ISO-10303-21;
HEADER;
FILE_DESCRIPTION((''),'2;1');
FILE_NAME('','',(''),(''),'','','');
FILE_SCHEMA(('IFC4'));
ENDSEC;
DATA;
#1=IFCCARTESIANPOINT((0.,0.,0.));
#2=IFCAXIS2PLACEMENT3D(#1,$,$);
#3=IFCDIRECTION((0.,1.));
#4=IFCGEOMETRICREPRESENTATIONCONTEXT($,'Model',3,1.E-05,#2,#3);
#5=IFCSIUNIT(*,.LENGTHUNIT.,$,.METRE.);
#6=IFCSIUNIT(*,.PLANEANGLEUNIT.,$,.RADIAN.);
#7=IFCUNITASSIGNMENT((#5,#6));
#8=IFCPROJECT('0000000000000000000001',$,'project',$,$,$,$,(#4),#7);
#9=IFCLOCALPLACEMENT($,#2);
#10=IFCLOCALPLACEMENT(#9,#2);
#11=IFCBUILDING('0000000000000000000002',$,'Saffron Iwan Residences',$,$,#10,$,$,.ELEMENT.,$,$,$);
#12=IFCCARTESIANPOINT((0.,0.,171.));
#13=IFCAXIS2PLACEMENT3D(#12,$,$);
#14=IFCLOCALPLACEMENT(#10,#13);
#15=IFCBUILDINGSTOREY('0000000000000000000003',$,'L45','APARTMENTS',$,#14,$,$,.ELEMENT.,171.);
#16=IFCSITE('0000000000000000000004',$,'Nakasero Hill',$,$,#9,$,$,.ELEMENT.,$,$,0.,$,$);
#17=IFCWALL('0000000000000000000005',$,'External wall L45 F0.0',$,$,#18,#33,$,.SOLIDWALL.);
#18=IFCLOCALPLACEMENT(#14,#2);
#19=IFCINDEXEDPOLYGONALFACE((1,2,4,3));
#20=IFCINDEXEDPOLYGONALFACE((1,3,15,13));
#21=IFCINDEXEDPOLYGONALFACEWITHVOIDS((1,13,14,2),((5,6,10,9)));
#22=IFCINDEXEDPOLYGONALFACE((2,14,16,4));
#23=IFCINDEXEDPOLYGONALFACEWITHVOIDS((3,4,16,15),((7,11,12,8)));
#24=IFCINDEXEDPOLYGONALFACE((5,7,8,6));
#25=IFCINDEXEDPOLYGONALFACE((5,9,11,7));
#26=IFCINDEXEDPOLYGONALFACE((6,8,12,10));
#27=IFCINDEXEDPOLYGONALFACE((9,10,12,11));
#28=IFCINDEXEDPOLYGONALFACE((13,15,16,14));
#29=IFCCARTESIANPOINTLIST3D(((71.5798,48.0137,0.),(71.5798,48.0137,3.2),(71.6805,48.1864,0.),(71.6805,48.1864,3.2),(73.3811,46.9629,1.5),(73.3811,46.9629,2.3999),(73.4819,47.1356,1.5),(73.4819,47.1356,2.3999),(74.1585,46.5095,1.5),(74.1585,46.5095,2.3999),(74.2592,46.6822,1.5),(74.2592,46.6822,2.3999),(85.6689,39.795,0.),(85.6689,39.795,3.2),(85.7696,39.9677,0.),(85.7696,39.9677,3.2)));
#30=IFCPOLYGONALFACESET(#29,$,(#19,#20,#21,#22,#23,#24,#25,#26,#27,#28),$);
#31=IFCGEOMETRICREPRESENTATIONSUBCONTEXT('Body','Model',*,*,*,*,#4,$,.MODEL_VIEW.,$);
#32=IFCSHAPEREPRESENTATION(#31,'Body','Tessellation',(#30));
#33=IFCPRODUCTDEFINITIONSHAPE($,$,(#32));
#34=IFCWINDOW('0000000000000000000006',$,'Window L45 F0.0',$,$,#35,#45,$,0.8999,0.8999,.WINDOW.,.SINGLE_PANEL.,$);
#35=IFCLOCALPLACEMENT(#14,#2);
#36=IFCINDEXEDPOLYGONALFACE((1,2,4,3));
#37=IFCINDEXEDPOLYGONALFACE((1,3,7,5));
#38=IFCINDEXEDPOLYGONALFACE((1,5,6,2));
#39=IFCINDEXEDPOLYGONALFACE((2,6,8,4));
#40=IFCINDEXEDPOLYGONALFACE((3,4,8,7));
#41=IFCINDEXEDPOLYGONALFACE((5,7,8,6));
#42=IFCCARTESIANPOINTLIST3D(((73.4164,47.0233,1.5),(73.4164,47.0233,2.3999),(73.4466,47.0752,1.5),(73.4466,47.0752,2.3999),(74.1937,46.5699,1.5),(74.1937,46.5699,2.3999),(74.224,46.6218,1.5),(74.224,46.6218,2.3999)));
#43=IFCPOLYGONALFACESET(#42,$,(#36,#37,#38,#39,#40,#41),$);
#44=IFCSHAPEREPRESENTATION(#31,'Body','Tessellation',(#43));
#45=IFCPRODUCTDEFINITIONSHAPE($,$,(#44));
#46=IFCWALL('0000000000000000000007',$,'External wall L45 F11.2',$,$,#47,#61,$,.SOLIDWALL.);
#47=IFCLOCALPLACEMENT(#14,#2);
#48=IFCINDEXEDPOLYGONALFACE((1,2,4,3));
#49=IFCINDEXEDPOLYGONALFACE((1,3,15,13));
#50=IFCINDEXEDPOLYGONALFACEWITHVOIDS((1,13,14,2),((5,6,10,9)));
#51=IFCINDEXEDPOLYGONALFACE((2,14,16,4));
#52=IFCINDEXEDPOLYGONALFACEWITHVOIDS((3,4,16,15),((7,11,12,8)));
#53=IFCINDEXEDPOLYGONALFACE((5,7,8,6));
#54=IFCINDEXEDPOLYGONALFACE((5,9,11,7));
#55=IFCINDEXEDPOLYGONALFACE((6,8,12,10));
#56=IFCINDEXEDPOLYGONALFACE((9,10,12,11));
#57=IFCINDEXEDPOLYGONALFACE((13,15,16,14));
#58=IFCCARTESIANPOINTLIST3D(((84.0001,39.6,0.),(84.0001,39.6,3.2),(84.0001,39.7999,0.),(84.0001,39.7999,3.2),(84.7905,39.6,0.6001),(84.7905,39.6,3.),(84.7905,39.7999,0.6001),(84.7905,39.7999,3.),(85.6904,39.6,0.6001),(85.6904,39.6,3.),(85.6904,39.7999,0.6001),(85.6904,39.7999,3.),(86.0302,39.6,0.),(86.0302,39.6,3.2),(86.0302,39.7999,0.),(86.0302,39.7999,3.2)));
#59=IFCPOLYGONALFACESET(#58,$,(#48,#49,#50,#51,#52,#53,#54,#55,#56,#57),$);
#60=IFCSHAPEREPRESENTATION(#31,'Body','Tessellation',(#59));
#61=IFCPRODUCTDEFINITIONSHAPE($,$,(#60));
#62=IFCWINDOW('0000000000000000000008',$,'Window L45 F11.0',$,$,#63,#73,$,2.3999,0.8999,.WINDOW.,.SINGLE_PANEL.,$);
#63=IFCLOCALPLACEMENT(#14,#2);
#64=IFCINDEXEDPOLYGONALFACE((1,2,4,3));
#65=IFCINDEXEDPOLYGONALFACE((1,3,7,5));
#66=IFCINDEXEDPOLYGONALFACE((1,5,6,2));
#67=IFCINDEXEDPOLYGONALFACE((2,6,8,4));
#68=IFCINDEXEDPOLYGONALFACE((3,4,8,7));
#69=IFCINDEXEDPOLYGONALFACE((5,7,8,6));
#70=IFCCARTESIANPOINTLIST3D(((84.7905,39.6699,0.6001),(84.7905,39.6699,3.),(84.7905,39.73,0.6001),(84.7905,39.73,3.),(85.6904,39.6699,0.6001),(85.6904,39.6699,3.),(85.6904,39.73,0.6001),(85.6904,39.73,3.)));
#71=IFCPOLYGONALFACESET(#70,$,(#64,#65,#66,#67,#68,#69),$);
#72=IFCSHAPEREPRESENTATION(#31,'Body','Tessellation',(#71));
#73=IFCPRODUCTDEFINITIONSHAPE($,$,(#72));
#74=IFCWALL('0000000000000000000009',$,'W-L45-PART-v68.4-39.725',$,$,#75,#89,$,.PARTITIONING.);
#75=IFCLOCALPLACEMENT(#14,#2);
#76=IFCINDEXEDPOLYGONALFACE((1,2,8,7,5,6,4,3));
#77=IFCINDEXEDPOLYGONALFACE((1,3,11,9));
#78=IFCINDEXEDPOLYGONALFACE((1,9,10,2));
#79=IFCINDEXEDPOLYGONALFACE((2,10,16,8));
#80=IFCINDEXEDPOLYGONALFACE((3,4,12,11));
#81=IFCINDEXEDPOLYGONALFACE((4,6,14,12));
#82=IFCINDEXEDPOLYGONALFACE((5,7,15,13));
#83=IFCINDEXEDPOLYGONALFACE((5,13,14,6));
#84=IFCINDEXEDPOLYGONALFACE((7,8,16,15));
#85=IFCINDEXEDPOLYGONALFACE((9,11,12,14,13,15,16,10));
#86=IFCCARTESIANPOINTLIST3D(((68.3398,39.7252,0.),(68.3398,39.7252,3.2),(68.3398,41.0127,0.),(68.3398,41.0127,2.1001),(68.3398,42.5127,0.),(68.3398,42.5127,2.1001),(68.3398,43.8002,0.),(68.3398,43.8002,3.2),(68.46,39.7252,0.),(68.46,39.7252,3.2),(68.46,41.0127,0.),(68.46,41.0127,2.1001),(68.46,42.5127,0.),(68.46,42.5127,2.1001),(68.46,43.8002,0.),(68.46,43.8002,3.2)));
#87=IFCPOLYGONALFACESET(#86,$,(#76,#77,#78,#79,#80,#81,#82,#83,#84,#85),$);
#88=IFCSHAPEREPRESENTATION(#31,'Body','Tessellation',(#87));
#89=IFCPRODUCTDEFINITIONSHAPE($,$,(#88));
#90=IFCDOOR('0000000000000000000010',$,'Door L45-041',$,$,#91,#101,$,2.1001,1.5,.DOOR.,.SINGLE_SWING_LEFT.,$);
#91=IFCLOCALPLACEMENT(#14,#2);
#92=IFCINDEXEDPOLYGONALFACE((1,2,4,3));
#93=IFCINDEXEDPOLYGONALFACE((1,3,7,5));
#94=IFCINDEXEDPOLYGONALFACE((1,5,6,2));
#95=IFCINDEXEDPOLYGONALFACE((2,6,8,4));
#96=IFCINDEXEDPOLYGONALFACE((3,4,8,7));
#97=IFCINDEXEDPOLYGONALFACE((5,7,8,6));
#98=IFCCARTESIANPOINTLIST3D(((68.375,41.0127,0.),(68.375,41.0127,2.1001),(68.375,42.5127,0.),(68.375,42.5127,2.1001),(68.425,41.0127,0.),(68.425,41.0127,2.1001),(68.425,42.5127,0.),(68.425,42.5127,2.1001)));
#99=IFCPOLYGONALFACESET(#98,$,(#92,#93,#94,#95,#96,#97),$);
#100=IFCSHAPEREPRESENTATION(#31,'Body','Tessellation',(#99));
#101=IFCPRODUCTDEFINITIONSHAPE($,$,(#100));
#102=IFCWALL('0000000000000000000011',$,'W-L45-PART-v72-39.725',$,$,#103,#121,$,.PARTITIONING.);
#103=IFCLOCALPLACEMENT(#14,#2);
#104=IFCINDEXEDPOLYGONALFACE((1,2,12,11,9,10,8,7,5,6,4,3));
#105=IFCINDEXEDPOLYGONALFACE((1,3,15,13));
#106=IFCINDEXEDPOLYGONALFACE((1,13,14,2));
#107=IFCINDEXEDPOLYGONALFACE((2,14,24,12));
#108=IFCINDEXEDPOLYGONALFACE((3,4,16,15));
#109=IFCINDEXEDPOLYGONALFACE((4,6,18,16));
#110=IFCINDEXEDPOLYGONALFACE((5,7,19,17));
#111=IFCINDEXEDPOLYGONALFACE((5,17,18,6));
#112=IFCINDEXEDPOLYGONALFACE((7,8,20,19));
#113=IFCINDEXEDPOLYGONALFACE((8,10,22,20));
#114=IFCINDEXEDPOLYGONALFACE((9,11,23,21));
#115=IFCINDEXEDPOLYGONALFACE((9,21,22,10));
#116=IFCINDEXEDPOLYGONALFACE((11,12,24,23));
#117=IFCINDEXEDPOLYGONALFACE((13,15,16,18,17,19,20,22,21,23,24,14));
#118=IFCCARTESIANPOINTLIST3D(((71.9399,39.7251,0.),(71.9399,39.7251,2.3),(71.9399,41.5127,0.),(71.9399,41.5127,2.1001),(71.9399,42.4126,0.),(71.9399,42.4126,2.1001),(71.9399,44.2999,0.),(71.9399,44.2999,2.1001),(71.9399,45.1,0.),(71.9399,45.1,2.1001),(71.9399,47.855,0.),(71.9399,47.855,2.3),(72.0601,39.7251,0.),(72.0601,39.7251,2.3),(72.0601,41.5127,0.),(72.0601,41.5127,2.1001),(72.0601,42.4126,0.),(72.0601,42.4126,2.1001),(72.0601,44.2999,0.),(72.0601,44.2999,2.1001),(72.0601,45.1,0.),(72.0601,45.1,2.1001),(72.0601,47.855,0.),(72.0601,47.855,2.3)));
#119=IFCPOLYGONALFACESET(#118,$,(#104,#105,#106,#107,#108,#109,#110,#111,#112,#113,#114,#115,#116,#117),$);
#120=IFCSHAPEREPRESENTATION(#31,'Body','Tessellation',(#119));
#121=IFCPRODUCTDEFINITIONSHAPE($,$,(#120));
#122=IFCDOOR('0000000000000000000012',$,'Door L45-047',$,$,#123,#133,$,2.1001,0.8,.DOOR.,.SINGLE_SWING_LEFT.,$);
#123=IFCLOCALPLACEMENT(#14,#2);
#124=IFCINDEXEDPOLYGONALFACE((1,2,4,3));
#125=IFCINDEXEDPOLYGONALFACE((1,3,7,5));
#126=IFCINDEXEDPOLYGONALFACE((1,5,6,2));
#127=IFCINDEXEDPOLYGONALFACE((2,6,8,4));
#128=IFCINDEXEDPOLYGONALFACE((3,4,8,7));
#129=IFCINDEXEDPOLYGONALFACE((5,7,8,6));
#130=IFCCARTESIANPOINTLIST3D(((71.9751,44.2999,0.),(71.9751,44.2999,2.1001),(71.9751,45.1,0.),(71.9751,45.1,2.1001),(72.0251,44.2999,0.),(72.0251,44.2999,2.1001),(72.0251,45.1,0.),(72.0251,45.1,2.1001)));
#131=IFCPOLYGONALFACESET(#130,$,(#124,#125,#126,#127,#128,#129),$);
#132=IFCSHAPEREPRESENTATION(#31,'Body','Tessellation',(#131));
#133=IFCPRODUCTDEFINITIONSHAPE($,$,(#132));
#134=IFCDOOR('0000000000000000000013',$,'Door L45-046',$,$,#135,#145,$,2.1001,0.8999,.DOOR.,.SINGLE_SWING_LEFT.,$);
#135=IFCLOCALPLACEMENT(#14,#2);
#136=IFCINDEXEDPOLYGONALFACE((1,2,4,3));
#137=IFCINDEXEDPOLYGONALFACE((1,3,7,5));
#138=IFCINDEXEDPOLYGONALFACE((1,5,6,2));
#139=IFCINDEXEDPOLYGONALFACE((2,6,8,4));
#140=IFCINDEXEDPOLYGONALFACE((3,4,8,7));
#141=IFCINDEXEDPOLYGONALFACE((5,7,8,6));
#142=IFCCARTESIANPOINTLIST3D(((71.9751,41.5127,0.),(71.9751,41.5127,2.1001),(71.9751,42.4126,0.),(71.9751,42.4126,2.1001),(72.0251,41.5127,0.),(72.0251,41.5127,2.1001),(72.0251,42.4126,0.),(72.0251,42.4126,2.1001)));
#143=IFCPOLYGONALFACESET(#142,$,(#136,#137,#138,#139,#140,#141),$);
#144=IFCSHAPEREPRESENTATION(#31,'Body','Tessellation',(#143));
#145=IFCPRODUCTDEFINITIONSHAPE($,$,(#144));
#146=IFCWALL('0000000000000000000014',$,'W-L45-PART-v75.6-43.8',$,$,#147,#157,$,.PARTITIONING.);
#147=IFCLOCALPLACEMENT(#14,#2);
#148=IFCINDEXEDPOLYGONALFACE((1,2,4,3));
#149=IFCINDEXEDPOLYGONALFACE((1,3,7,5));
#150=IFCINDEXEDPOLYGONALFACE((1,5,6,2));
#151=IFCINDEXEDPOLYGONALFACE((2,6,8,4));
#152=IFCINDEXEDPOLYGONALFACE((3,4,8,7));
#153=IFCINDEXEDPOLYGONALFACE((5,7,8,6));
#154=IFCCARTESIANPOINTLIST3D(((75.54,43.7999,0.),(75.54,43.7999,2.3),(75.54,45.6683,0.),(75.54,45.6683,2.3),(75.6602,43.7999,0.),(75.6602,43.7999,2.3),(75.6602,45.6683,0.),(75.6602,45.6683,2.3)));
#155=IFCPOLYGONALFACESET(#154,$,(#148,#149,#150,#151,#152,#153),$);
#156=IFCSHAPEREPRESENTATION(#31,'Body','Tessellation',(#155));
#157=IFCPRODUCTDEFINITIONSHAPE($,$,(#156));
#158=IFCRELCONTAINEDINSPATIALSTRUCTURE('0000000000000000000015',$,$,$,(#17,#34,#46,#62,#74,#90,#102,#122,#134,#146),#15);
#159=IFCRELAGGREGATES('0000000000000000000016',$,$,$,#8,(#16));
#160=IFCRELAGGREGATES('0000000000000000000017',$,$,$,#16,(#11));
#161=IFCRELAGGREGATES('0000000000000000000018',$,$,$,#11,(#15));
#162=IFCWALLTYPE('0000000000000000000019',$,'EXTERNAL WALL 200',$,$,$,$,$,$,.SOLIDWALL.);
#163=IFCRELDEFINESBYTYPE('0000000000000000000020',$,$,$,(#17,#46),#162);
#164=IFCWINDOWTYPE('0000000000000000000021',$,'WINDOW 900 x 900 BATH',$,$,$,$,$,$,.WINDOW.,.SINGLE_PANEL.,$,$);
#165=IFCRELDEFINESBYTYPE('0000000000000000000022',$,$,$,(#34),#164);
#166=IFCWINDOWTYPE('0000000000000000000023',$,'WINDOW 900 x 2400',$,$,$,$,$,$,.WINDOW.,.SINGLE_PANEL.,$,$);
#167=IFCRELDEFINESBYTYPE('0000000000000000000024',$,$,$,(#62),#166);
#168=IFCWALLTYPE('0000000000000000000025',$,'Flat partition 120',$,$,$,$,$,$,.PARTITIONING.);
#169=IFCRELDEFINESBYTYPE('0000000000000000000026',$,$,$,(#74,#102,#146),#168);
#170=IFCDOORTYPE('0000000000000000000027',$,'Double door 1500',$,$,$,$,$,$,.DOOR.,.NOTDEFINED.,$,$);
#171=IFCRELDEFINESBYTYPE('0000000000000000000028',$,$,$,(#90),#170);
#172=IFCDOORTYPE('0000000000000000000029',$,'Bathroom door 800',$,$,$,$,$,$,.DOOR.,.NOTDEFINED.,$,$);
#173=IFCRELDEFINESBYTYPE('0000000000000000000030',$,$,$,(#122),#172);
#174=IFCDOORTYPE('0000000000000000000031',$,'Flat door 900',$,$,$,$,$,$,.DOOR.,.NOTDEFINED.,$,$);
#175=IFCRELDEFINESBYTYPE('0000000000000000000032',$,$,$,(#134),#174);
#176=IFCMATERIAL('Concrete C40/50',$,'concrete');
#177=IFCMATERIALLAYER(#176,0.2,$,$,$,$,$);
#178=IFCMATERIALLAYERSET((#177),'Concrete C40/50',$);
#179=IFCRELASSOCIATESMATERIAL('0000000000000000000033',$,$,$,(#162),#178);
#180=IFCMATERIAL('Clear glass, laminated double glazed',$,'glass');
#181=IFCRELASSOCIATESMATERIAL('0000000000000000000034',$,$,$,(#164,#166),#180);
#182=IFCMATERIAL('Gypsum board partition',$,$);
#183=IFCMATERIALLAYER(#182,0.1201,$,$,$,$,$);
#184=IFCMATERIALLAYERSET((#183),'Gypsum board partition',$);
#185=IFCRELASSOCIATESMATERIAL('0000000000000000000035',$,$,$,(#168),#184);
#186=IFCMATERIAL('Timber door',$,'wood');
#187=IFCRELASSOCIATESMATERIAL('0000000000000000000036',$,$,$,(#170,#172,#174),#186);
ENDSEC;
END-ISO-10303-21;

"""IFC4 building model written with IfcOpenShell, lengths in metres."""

from ifc_helpers import new_model, si_unit, direction, frame, frame_2d, origin, place, context, subcontext, project, spatial, rectangle, extrude, material, layer, layer_set, type_object, element, fill, save


model = new_model("IFC4")

# Units and contexts
model_context = context("Model", 3, precision=1e-05, world=origin(), true_north=direction((0.0, 1.0)))
body_context = subcontext(model_context, "Body", "Model", "MODEL_VIEW")
ifc_project = project(units=[si_unit("LENGTHUNIT", "METRE"), si_unit("PLANEANGLEUNIT", "RADIAN")], contexts=[model_context])

# Site, building, storey
site_placement = place(None, origin())
site = spatial("IfcSite", under=ifc_project, at=site_placement, Name="Nakasero Hill", CompositionType="ELEMENT", RefElevation=0.0)
building_placement = place(site_placement, origin())
building = spatial("IfcBuilding", under=site, at=building_placement, Name="Saffron Iwan Residences", CompositionType="ELEMENT")
storey_placement = place(building_placement, frame((0.0, 0.0, 171.0)))
storey = spatial("IfcBuildingStorey", under=building, at=storey_placement, Name="L45", Description="APARTMENTS", CompositionType="ELEMENT", Elevation=171.0)

# Walls, openings, windows
ifc_material_1 = material(Name="Concrete C40/50", Category="concrete")
ifc_layer_1 = layer(ifc_material_1, 0.2)
ifc_layer_set_1 = layer_set([ifc_layer_1], Name="Concrete C40/50")
wall_type_1 = type_object("IfcWallType", Name="EXTERNAL WALL 200", PredefinedType="SOLIDWALL", material=ifc_layer_set_1)
wall_1_placement = place(storey_placement, frame((85.7192, 39.8813, 0.0), z_axis=(0.0, 0.0, 1.0), x_axis=(-0.863776, 0.503876, 0.0)))
wall_1 = element("IfcWall", 1, at=wall_1_placement, inside=storey, type_object=wall_type_1, Name="External wall L45 F0.0", PredefinedType="SOLIDWALL", context=body_context, shape_type="SweptSolid", body=[
    extrude(rectangle(XDim=16.311, YDim=0.2, at=frame_2d((8.1555, 0.0))), origin(), (0.0, 0.0, 1.0), 3.2),
])
opening_1_placement = place(wall_1_placement, frame((13.3257, 0.0, 1.5)))
opening_1 = element("IfcOpeningElement", 2, at=opening_1_placement, cuts=wall_1, PredefinedType="OPENING", context=body_context, shape_type="SweptSolid", body=[
    extrude(rectangle(XDim=0.8999, YDim=0.8999, at=frame_2d((0.45, 0.45))), frame((0.0, 0.1099, 0.0), z_axis=(0.0, -1.0, 0.0), x_axis=(1.0, 0.0, 0.0)), (0.0, 0.0, 1.0), 0.22),
])
ifc_material_2 = material(Name="Clear glass, laminated double glazed", Category="glass")
window_type_1 = type_object("IfcWindowType", Name="WINDOW 900 x 900 BATH", PartitioningType="SINGLE_PANEL", PredefinedType="WINDOW", material=ifc_material_2)
window_1_placement = place(opening_1_placement, origin())
window_1 = element("IfcWindow", 3, at=window_1_placement, inside=storey, type_object=window_type_1, Name="Window L45 F0.0", OverallHeight=0.8999, OverallWidth=0.8999, PartitioningType="SINGLE_PANEL", PredefinedType="WINDOW", context=body_context, shape_type="SweptSolid", body=[
    extrude(rectangle(XDim=0.8999, YDim=0.8999, at=frame_2d((0.45, 0.45))), frame((0.0, 0.03, 0.0), z_axis=(0.0, -1.0, 0.0), x_axis=(1.0, 0.0, 0.0)), (0.0, 0.0, 1.0), 0.0601),
])
fill(opening_1, window_1)
wall_2_placement = place(storey_placement, frame((84.0, 39.7, 0.0), z_axis=(0.0, 0.0, 1.0), x_axis=(1.0, 0.0, 0.0)))
wall_2 = element("IfcWall", 4, at=wall_2_placement, inside=storey, type_object=wall_type_1, Name="External wall L45 F11.2", PredefinedType="SOLIDWALL", context=body_context, shape_type="SweptSolid", body=[
    extrude(rectangle(XDim=2.03, YDim=0.2, at=frame_2d((1.0151, 0.0))), origin(), (0.0, 0.0, 1.0), 3.2),
])
opening_2_placement = place(wall_2_placement, frame((0.7905, 0.0, 0.6001)))
opening_2 = element("IfcOpeningElement", 5, at=opening_2_placement, cuts=wall_2, PredefinedType="OPENING", context=body_context, shape_type="SweptSolid", body=[
    extrude(rectangle(XDim=0.8999, YDim=2.3999, at=frame_2d((0.45, 1.2))), frame((0.0, 0.1099, 0.0), z_axis=(0.0, -1.0, 0.0), x_axis=(1.0, 0.0, 0.0)), (0.0, 0.0, 1.0), 0.22),
])
window_type_2 = type_object("IfcWindowType", Name="WINDOW 900 x 2400", PartitioningType="SINGLE_PANEL", PredefinedType="WINDOW", material=ifc_material_2)
window_2_placement = place(opening_2_placement, origin())
window_2 = element("IfcWindow", 6, at=window_2_placement, inside=storey, type_object=window_type_2, Name="Window L45 F11.0", OverallHeight=2.3999, OverallWidth=0.8999, PartitioningType="SINGLE_PANEL", PredefinedType="WINDOW", context=body_context, shape_type="SweptSolid", body=[
    extrude(rectangle(XDim=0.8999, YDim=2.3999, at=frame_2d((0.45, 1.2))), frame((0.0, 0.03, 0.0), z_axis=(0.0, -1.0, 0.0), x_axis=(1.0, 0.0, 0.0)), (0.0, 0.0, 1.0), 0.0601),
])
fill(opening_2, window_2)

# Wall, opening, door
ifc_material_3 = material(Name="Gypsum board partition")
ifc_layer_2 = layer(ifc_material_3, 0.1201)
ifc_layer_set_2 = layer_set([ifc_layer_2], Name="Gypsum board partition")
wall_type_2 = type_object("IfcWallType", Name="Flat partition 120", PredefinedType="PARTITIONING", material=ifc_layer_set_2)
wall_3_placement = place(storey_placement, frame((68.3999, 39.7251, 0.0), z_axis=(0.0, 0.0, 1.0), x_axis=(0.0, 1.0, 0.0)))
wall_3 = element("IfcWall", 7, at=wall_3_placement, inside=storey, type_object=wall_type_2, Name="W-L45-PART-v68.4-39.725", PredefinedType="PARTITIONING", context=body_context, shape_type="SweptSolid", body=[
    extrude(rectangle(XDim=4.075, YDim=0.1201, at=frame_2d((2.0376, 0.0))), origin(), (0.0, 0.0, 1.0), 3.2),
])
opening_3_placement = place(wall_3_placement, frame((1.2876, 0.0, 0.0)))
opening_3 = element("IfcOpeningElement", 8, at=opening_3_placement, cuts=wall_3, PredefinedType="OPENING", context=body_context, shape_type="SweptSolid", body=[
    extrude(rectangle(XDim=1.5, YDim=2.1001, at=frame_2d((0.75, 1.05))), frame((0.0, 0.0701, 0.0), z_axis=(0.0, -1.0, 0.0), x_axis=(1.0, 0.0, 0.0)), (0.0, 0.0, 1.0), 0.1401),
])
ifc_material_4 = material(Name="Timber door", Category="wood")
door_type_1 = type_object("IfcDoorType", Name="Double door 1500", OperationType="NOTDEFINED", PredefinedType="DOOR", material=ifc_material_4)
door_1_placement = place(opening_3_placement, origin())
door_1 = element("IfcDoor", 9, at=door_1_placement, inside=storey, type_object=door_type_1, Name="Door L45-041", OperationType="SINGLE_SWING_LEFT", OverallHeight=2.1001, OverallWidth=1.5, PredefinedType="DOOR", context=body_context, shape_type="SweptSolid", body=[
    extrude(rectangle(XDim=1.5, YDim=2.1001, at=frame_2d((0.75, 1.05))), frame((0.0, 0.0249, 0.0), z_axis=(0.0, -1.0, 0.0), x_axis=(1.0, 0.0, 0.0)), (0.0, 0.0, 1.0), 0.05),
])
fill(opening_3, door_1)

# Wall, openings, doors
wall_4_placement = place(storey_placement, frame((72.0, 39.7251, 0.0), z_axis=(0.0, 0.0, 1.0), x_axis=(0.0, 1.0, 0.0)))
wall_4 = element("IfcWall", 10, at=wall_4_placement, inside=storey, type_object=wall_type_2, Name="W-L45-PART-v72-39.725", PredefinedType="PARTITIONING", context=body_context, shape_type="SweptSolid", body=[
    extrude(rectangle(XDim=8.1299, YDim=0.1201, at=frame_2d((4.0649, 0.0))), origin(), (0.0, 0.0, 1.0), 2.3),
])
opening_4_placement = place(wall_4_placement, frame((1.7876, 0.0, 0.0)))
opening_4 = element("IfcOpeningElement", 11, at=opening_4_placement, cuts=wall_4, PredefinedType="OPENING", context=body_context, shape_type="SweptSolid", body=[
    extrude(rectangle(XDim=0.8999, YDim=2.1001, at=frame_2d((0.45, 1.05))), frame((0.0, 0.0701, 0.0), z_axis=(0.0, -1.0, 0.0), x_axis=(1.0, 0.0, 0.0)), (0.0, 0.0, 1.0), 0.1401),
])
opening_5_placement = place(wall_4_placement, frame((4.575, 0.0, 0.0)))
opening_5 = element("IfcOpeningElement", 12, at=opening_5_placement, cuts=wall_4, PredefinedType="OPENING", context=body_context, shape_type="SweptSolid", body=[
    extrude(rectangle(XDim=0.8, YDim=2.1001, at=frame_2d((0.3999, 1.05))), frame((0.0, 0.0701, 0.0), z_axis=(0.0, -1.0, 0.0), x_axis=(1.0, 0.0, 0.0)), (0.0, 0.0, 1.0), 0.1401),
])
door_type_2 = type_object("IfcDoorType", Name="Bathroom door 800", OperationType="NOTDEFINED", PredefinedType="DOOR", material=ifc_material_4)
door_2_placement = place(opening_5_placement, origin())
door_2 = element("IfcDoor", 13, at=door_2_placement, inside=storey, type_object=door_type_2, Name="Door L45-047", OperationType="SINGLE_SWING_LEFT", OverallHeight=2.1001, OverallWidth=0.8, PredefinedType="DOOR", context=body_context, shape_type="SweptSolid", body=[
    extrude(rectangle(XDim=0.8, YDim=2.1001, at=frame_2d((0.3999, 1.05))), frame((0.0, 0.0249, 0.0), z_axis=(0.0, -1.0, 0.0), x_axis=(1.0, 0.0, 0.0)), (0.0, 0.0, 1.0), 0.05),
])
fill(opening_5, door_2)
door_type_3 = type_object("IfcDoorType", Name="Flat door 900", OperationType="NOTDEFINED", PredefinedType="DOOR", material=ifc_material_4)
door_3_placement = place(opening_4_placement, origin())
door_3 = element("IfcDoor", 14, at=door_3_placement, inside=storey, type_object=door_type_3, Name="Door L45-046", OperationType="SINGLE_SWING_LEFT", OverallHeight=2.1001, OverallWidth=0.8999, PredefinedType="DOOR", context=body_context, shape_type="SweptSolid", body=[
    extrude(rectangle(XDim=0.8999, YDim=2.1001, at=frame_2d((0.45, 1.05))), frame((0.0, 0.0249, 0.0), z_axis=(0.0, -1.0, 0.0), x_axis=(1.0, 0.0, 0.0)), (0.0, 0.0, 1.0), 0.05),
])
fill(opening_4, door_3)

# Wall
wall_5_placement = place(storey_placement, frame((75.6001, 43.8, 0.0), z_axis=(0.0, 0.0, 1.0), x_axis=(0.0, 1.0, 0.0)))
element("IfcWall", 15, at=wall_5_placement, inside=storey, type_object=wall_type_2, Name="W-L45-PART-v75.6-43.8", PredefinedType="PARTITIONING", context=body_context, shape_type="SweptSolid", body=[
    extrude(rectangle(XDim=1.8684, YDim=0.1201, at=frame_2d((0.9341, 0.0))), origin(), (0.0, 0.0, 1.0), 2.3),
])

save(model, "model.ifc")
